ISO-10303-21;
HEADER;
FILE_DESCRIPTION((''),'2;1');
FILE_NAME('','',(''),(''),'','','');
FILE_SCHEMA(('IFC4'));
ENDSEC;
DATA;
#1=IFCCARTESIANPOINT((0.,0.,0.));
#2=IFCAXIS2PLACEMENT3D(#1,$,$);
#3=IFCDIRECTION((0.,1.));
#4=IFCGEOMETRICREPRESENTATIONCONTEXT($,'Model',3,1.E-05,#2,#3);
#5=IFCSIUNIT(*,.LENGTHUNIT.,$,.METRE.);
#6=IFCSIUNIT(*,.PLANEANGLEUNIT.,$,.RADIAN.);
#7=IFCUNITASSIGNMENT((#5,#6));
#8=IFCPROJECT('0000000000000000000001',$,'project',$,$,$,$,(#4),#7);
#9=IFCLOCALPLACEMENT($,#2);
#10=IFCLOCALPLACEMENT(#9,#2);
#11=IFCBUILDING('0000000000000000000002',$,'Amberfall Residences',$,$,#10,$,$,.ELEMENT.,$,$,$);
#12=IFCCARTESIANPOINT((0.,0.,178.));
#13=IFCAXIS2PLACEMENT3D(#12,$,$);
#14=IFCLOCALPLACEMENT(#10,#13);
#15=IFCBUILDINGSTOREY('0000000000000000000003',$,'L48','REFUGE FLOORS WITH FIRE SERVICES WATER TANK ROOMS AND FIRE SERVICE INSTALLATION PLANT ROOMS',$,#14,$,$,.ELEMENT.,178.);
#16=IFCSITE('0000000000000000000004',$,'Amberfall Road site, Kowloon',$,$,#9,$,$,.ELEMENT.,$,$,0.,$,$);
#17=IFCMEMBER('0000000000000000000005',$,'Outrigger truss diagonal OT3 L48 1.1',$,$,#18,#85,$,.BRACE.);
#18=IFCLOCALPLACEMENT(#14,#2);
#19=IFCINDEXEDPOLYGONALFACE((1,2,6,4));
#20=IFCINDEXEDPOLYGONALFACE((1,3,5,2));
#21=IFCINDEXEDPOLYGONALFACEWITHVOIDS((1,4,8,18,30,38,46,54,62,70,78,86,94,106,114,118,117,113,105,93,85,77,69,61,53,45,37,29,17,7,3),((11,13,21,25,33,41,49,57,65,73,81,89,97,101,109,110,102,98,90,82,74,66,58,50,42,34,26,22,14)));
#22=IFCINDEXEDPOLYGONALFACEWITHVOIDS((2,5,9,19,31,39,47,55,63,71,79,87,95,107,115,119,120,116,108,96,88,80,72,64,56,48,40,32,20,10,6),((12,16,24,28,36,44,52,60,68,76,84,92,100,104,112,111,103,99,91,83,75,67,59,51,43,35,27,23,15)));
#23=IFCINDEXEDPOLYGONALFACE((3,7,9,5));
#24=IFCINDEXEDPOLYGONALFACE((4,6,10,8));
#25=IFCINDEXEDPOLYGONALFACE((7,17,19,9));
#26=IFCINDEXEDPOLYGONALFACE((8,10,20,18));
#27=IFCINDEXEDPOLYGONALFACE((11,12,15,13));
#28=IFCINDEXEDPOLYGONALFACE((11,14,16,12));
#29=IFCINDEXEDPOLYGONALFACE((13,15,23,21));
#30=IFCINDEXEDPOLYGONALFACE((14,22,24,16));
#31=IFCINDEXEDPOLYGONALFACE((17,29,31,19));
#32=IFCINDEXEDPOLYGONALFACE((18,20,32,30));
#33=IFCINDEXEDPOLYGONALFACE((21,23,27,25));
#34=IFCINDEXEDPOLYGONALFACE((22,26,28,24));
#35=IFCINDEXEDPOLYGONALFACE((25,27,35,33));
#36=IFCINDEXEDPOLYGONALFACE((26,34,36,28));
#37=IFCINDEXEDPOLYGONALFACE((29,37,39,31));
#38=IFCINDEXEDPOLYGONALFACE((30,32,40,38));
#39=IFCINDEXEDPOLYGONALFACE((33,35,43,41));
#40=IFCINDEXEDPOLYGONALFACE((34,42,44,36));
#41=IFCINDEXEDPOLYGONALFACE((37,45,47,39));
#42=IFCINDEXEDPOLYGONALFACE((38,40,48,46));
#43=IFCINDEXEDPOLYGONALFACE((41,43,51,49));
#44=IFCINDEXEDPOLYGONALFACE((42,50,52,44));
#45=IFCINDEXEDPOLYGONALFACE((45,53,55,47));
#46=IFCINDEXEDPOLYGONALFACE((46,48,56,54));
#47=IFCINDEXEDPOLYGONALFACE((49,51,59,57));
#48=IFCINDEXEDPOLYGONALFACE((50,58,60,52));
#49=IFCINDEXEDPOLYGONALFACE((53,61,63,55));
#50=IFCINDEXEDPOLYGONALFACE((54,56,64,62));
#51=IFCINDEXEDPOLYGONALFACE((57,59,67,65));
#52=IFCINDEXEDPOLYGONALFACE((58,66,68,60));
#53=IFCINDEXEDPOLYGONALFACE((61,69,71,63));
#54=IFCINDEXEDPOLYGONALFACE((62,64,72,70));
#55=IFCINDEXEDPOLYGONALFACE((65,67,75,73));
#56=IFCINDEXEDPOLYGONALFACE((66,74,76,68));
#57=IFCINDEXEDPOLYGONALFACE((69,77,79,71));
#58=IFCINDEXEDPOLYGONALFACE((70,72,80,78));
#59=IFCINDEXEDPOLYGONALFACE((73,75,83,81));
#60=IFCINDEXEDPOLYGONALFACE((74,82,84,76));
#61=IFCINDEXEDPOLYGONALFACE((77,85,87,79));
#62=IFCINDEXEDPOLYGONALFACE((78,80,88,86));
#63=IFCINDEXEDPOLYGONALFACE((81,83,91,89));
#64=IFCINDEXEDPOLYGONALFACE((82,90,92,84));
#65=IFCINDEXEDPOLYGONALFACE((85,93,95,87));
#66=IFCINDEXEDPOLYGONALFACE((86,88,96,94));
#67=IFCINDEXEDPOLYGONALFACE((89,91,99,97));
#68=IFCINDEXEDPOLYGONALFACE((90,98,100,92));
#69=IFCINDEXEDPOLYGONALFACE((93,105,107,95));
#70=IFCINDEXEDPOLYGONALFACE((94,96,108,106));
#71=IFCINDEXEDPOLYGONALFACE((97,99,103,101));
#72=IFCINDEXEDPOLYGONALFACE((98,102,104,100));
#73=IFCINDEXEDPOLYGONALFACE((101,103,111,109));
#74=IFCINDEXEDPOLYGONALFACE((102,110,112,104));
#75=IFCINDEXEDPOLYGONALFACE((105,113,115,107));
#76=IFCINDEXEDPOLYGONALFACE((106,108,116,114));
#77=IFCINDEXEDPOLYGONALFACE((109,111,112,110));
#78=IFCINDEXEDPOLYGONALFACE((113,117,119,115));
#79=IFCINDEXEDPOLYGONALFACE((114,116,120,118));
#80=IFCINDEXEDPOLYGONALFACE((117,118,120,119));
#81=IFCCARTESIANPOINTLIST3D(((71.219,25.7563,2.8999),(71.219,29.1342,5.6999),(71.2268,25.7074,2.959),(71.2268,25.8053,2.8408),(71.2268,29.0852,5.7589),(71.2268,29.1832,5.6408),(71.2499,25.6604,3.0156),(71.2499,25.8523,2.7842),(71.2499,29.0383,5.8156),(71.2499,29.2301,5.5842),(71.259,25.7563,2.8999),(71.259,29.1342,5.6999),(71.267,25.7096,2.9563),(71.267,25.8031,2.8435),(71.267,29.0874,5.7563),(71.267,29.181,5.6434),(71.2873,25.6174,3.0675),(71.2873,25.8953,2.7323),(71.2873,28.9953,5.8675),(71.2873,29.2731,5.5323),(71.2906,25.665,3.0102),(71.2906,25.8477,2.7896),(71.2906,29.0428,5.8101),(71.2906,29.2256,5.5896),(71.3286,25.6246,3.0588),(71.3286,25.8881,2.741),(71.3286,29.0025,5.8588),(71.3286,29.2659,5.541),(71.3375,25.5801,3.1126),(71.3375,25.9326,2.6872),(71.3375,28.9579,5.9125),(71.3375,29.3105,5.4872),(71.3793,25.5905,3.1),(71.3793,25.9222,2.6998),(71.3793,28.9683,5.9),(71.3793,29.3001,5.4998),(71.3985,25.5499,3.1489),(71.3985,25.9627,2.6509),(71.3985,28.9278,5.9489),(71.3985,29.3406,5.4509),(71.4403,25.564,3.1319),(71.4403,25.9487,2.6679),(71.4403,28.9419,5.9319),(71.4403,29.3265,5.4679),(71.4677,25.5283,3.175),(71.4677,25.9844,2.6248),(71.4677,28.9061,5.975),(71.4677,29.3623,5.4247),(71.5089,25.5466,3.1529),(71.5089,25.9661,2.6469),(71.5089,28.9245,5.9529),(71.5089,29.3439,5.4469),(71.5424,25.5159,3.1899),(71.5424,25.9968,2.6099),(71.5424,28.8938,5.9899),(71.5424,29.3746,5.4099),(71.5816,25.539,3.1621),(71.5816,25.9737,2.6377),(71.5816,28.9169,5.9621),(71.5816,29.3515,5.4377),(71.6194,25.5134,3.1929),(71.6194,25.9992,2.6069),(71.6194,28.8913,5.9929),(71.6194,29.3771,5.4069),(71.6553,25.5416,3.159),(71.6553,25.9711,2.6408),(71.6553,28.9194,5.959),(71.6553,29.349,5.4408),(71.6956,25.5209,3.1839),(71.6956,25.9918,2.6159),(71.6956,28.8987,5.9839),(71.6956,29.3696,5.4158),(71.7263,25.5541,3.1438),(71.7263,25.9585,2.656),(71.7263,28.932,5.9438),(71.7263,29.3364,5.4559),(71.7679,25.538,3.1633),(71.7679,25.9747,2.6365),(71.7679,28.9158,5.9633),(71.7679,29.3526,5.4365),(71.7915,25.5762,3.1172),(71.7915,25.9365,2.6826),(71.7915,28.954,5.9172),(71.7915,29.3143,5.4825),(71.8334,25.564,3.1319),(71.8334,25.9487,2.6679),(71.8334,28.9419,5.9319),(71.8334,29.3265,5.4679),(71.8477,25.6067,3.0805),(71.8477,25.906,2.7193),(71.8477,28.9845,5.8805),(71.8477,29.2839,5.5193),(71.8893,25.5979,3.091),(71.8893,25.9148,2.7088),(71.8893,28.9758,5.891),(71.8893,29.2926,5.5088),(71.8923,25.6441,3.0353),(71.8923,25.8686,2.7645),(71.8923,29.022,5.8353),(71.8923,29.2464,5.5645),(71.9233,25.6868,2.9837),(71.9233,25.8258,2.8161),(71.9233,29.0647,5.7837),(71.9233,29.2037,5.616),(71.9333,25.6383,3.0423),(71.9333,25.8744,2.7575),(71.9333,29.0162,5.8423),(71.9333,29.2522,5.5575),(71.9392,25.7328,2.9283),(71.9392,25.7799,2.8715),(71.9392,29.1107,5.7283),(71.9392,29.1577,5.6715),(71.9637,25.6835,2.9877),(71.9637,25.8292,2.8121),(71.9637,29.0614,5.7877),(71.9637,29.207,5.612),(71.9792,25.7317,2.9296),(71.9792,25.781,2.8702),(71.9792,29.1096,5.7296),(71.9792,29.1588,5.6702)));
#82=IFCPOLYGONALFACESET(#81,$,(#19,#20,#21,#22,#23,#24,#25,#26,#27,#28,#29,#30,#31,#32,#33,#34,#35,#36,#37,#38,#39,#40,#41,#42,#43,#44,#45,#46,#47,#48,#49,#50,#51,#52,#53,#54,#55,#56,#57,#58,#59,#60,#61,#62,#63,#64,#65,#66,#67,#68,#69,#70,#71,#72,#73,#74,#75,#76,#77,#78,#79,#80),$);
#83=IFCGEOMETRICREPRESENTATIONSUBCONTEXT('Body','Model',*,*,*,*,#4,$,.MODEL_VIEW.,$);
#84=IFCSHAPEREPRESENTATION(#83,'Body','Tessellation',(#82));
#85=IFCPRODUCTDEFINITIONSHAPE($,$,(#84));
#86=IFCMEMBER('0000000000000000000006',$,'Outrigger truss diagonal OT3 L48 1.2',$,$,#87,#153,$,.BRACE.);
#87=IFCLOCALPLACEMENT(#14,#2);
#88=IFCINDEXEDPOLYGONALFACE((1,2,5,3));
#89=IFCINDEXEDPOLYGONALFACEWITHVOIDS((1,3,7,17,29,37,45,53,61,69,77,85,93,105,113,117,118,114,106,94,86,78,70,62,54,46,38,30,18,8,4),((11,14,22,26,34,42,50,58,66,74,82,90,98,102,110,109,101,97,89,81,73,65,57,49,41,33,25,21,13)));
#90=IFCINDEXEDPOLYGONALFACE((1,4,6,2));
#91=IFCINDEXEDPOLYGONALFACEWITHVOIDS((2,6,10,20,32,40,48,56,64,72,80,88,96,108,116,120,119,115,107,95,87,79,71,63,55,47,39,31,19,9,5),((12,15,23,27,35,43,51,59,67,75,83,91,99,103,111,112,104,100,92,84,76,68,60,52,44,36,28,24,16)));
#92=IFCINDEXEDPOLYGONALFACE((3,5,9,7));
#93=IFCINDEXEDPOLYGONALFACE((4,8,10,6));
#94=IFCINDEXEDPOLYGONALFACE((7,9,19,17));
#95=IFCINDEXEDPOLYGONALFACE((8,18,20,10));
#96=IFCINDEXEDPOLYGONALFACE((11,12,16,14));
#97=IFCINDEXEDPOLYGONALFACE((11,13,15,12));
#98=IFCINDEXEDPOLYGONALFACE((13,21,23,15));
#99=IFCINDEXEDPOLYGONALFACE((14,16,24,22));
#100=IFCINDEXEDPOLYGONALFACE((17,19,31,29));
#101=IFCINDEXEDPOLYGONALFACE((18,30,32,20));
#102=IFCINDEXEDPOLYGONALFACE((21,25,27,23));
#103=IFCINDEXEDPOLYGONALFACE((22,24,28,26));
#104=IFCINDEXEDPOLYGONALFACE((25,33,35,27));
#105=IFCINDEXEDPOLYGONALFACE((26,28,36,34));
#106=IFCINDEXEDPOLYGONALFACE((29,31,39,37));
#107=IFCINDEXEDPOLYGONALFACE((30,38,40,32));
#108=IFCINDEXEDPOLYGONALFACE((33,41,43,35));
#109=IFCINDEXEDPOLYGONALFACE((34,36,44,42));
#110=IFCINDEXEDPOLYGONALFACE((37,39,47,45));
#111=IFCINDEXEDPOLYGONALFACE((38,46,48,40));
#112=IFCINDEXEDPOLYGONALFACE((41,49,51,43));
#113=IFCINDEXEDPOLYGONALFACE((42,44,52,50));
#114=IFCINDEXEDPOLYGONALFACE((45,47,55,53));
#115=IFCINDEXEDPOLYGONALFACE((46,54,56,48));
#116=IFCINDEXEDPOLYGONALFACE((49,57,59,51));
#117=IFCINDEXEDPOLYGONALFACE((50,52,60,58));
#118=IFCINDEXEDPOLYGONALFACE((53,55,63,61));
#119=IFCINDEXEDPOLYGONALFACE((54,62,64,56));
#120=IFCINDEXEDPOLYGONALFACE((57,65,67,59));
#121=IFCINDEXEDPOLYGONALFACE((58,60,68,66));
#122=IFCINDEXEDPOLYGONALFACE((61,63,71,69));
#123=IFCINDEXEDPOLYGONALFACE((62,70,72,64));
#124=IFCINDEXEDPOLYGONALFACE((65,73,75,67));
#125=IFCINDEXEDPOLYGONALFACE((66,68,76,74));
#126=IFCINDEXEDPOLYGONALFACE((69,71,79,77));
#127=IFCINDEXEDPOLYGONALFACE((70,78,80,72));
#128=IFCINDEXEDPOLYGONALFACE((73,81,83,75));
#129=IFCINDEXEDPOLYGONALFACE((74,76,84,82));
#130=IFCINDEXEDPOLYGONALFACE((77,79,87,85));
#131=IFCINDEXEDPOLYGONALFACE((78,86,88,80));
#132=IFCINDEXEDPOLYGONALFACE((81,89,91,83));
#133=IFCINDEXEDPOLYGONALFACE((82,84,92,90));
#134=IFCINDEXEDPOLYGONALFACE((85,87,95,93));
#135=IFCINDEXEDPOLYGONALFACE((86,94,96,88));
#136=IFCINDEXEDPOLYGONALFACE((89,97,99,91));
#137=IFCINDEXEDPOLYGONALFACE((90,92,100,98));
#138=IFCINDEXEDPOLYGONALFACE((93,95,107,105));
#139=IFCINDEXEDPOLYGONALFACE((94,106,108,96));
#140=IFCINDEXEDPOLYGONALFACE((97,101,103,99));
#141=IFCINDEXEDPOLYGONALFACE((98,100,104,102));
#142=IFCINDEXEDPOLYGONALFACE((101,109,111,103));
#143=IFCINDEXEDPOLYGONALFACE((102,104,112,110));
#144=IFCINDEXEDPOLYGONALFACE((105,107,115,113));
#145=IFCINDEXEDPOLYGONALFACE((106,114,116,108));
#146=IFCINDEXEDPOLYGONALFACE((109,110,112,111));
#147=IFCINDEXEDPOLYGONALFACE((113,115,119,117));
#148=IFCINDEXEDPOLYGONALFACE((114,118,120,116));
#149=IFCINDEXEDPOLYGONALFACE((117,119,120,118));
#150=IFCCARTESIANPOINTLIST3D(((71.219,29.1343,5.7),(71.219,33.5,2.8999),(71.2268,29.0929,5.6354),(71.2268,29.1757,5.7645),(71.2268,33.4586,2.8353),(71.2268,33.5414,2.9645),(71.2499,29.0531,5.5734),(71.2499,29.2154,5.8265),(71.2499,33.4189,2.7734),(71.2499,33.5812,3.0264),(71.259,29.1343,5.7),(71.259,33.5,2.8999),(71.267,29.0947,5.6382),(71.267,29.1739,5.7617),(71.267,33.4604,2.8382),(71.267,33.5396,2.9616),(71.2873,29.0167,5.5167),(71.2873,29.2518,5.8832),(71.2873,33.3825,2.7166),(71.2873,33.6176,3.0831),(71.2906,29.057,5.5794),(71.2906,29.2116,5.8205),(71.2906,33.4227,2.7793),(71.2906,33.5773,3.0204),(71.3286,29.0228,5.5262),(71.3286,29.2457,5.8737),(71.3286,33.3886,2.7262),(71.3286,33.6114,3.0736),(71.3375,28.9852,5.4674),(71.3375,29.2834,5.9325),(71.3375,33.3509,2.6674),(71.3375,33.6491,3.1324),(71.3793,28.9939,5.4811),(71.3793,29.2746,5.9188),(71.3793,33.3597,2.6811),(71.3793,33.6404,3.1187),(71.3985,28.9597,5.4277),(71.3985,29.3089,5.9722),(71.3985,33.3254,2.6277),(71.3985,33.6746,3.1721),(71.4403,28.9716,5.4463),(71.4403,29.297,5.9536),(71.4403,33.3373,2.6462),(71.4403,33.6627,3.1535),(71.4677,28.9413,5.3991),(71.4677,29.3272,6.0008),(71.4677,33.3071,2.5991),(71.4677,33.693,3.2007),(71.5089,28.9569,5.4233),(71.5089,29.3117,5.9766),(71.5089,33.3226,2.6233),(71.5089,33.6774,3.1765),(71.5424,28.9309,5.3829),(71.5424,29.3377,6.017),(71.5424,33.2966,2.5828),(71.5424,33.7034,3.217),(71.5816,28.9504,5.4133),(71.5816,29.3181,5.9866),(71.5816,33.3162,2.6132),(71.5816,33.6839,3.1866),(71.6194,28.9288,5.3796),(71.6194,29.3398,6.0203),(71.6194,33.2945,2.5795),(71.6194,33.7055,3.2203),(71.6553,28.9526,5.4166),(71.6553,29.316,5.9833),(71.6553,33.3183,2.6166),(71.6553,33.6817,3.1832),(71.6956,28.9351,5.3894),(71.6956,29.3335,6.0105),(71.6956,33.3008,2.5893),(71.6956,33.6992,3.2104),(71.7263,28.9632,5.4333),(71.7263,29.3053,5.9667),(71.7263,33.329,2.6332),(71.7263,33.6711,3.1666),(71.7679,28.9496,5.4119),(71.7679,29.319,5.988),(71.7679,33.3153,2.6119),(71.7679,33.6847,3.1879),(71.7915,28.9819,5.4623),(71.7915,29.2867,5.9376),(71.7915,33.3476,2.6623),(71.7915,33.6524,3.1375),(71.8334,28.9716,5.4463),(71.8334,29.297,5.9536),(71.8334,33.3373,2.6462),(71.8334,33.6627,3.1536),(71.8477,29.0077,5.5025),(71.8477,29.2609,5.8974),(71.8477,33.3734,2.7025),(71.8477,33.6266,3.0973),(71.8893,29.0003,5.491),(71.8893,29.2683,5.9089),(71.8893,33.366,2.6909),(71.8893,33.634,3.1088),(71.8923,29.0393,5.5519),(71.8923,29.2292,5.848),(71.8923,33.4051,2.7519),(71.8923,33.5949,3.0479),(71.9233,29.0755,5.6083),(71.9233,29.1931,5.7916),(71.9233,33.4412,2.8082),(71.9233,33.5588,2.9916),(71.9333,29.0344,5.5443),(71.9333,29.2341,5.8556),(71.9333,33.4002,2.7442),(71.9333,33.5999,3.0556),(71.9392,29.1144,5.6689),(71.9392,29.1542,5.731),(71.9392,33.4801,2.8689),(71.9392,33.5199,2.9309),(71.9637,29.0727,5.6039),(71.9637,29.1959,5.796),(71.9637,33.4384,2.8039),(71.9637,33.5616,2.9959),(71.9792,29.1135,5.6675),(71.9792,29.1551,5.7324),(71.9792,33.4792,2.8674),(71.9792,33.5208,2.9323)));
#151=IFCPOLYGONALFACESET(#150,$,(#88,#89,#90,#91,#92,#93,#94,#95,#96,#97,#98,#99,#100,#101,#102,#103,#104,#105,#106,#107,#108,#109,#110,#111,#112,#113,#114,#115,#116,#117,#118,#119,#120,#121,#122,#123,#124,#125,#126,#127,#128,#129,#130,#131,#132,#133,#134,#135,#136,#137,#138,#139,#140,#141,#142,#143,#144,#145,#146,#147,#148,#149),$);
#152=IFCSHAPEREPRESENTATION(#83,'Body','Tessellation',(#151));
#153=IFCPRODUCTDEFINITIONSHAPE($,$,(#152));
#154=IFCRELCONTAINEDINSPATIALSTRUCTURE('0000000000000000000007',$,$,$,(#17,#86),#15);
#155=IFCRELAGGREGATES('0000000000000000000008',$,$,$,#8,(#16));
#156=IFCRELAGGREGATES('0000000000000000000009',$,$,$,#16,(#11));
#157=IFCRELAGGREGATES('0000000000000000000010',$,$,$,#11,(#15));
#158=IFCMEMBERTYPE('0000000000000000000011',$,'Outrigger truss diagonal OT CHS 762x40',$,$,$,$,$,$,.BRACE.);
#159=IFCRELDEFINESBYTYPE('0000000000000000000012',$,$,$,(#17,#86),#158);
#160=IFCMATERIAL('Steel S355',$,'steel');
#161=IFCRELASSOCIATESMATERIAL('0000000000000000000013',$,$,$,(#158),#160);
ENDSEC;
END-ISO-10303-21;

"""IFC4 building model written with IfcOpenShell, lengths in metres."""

from ifc_helpers import new_model, si_unit, direction, frame, origin, origin_2d, place, context, subcontext, project, spatial, hollow_circle, extrude, material, material_profile, profile_set, type_object, element, save


model = new_model("IFC4")

# Units and contexts
model_context = context("Model", 3, precision=1e-05, world=origin(), true_north=direction((0.0, 1.0)))
body_context = subcontext(model_context, "Body", "Model", "MODEL_VIEW")
ifc_project = project(units=[si_unit("LENGTHUNIT", "METRE"), si_unit("PLANEANGLEUNIT", "RADIAN")], contexts=[model_context])

# Site, building, storey
site_placement = place(None, origin())
site = spatial("IfcSite", under=ifc_project, at=site_placement, Name="Amberfall Road site, Kowloon", CompositionType="ELEMENT", RefElevation=0.0)
building_placement = place(site_placement, origin())
building = spatial("IfcBuilding", under=site, at=building_placement, Name="Amberfall Residences", CompositionType="ELEMENT")
storey_placement = place(building_placement, frame((0.0, 0.0, 178.0)))
storey = spatial("IfcBuildingStorey", under=building, at=storey_placement, Name="L48", Description="REFUGE FLOORS WITH FIRE SERVICES WATER TANK ROOMS AND FIRE SERVICE INSTALLATION PLANT ROOMS", CompositionType="ELEMENT", Elevation=178.0)

# Shared definitions
ifc_material_1 = material(Name="Steel S355", Category="steel")

# Members
ifc_material_profile_1 = material_profile(ifc_material_1, hollow_circle(Radius=0.3811, WallThickness=0.04, at=origin_2d()), Name="CHS 762x40")
ifc_profile_set_1 = profile_set([ifc_material_profile_1], Name="Steel S355")
member_type_1 = type_object("IfcMemberType", Name="Outrigger truss diagonal OT CHS 762x40", PredefinedType="BRACE", material=ifc_profile_set_1)
member_1_placement = place(storey_placement, frame((71.6001, 25.7563, 2.8999), z_axis=(0.0, 0.769888, 0.638179), x_axis=(-1.0, 0.0, 0.0)))
element("IfcMember", 1, at=member_1_placement, inside=storey, type_object=member_type_1, Name="Outrigger truss diagonal OT3 L48 1.1", PredefinedType="BRACE", context=body_context, shape_type="SweptSolid", body=[
    extrude(hollow_circle(Radius=0.3811, WallThickness=0.04, at=origin_2d()), origin(), (0.0, 0.0, 1.0), 4.3875),
])
for number, where, z_axis, x_axis, name in (
    (2, (71.6001, 29.1343, 5.7), (0.0, 0.841747, -0.539872), (-1.0, 0.0, 0.0), "Outrigger truss diagonal OT3 L48 1.2"),
):
    element("IfcMember", number, at=place(storey_placement, frame(where, z_axis=z_axis, x_axis=x_axis)), inside=storey, type_object=member_type_1, Name=name, PredefinedType="BRACE", context=body_context, shape_type="SweptSolid", body=[
        extrude(hollow_circle(Radius=0.3811, WallThickness=0.04, at=origin_2d()), origin(), (0.0, 0.0, 1.0), 5.1865),
    ])

save(model, "model.ifc")
